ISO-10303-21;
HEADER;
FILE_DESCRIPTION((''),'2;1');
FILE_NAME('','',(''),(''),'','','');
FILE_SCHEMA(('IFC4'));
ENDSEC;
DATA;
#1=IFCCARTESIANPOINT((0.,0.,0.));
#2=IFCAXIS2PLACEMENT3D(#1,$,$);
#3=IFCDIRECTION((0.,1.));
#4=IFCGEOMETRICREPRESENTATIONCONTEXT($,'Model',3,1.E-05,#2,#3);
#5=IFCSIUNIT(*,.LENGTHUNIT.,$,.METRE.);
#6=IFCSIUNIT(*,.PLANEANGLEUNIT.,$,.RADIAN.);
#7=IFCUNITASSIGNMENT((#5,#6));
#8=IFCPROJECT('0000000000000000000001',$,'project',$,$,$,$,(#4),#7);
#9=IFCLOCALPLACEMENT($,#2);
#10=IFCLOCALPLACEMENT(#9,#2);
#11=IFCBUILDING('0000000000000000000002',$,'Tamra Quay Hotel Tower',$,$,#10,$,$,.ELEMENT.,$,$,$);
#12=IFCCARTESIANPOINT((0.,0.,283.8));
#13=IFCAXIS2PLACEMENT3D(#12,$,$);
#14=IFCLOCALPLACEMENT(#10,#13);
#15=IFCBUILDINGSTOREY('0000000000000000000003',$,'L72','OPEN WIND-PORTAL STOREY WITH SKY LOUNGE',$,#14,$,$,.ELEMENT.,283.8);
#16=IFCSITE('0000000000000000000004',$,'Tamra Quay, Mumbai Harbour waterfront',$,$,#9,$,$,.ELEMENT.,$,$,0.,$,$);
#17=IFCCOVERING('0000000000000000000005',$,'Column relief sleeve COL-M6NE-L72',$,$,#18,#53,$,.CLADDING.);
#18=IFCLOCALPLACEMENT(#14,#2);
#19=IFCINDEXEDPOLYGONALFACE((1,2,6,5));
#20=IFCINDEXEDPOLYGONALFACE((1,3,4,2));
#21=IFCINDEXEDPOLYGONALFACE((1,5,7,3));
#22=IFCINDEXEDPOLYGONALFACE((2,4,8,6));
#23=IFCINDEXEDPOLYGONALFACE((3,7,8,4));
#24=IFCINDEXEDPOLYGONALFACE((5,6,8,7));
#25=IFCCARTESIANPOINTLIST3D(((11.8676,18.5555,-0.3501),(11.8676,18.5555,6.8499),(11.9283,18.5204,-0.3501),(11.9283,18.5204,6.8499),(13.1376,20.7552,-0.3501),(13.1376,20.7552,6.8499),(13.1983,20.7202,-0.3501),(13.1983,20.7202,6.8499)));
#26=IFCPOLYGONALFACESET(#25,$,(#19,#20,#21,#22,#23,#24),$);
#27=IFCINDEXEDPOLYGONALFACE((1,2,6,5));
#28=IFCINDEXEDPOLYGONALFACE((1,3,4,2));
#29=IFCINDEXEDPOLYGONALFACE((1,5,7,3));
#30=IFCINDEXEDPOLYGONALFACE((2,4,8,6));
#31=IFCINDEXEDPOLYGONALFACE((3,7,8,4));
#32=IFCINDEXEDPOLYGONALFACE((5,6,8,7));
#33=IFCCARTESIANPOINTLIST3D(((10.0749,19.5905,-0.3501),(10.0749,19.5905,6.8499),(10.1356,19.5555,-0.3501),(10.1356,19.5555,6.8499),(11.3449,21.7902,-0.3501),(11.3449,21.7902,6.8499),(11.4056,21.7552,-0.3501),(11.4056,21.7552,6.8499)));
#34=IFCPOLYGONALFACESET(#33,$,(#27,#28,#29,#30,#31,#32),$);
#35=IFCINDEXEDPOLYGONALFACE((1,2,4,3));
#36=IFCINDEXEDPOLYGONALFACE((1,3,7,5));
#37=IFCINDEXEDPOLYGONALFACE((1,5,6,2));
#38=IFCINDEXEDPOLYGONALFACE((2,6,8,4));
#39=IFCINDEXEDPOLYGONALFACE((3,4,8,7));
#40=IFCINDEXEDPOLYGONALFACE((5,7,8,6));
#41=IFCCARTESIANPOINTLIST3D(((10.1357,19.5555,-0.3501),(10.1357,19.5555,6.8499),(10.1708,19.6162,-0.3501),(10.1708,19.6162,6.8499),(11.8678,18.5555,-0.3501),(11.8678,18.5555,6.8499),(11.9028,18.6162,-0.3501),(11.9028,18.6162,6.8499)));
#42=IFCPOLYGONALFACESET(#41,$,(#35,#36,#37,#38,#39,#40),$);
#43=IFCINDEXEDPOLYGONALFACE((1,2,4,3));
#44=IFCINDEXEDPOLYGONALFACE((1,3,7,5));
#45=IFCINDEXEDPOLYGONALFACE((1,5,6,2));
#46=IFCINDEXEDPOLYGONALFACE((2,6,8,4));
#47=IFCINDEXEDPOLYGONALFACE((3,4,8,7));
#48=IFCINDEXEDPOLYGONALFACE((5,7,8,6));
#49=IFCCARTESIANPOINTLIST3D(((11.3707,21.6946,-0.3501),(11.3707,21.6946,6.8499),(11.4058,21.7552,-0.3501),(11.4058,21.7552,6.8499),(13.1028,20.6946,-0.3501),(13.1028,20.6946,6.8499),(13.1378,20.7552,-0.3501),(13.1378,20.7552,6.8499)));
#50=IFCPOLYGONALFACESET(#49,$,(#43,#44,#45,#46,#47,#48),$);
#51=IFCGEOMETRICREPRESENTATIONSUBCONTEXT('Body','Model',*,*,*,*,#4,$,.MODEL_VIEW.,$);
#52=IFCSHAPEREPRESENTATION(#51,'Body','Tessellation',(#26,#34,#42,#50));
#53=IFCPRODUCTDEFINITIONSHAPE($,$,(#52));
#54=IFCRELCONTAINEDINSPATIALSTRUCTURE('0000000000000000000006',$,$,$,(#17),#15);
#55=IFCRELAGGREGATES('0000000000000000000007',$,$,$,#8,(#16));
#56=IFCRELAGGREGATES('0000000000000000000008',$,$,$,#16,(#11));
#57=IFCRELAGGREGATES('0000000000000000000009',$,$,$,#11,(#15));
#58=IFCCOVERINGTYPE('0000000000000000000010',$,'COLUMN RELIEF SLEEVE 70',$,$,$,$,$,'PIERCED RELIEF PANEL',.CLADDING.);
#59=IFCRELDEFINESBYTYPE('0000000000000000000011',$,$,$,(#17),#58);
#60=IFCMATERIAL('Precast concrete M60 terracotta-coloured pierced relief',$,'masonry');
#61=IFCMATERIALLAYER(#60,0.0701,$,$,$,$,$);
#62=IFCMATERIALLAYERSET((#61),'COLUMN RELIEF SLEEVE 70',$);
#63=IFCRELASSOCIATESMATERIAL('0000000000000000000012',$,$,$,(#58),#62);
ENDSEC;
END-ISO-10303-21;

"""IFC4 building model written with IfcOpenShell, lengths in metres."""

from ifc_helpers import new_model, si_unit, direction, frame, frame_2d, origin, place, context, subcontext, project, spatial, rectangle, extrude, source, transform, mapped, material, layer, layer_set, type_object, element, save


model = new_model("IFC4")

# Units and contexts
model_context = context("Model", 3, precision=1e-05, world=origin(), true_north=direction((0.0, 1.0)))
body_context = subcontext(model_context, "Body", "Model", "MODEL_VIEW")
ifc_project = project(units=[si_unit("LENGTHUNIT", "METRE"), si_unit("PLANEANGLEUNIT", "RADIAN")], contexts=[model_context])

# Site, building, storey
site_placement = place(None, origin())
site = spatial("IfcSite", under=ifc_project, at=site_placement, Name="Tamra Quay, Mumbai Harbour waterfront", CompositionType="ELEMENT", RefElevation=0.0)
building_placement = place(site_placement, origin())
building = spatial("IfcBuilding", under=site, at=building_placement, Name="Tamra Quay Hotel Tower", CompositionType="ELEMENT")
storey_placement = place(building_placement, frame((0.0, 0.0, 283.8)))
storey = spatial("IfcBuildingStorey", under=building, at=storey_placement, Name="L72", Description="OPEN WIND-PORTAL STOREY WITH SKY LOUNGE", CompositionType="ELEMENT", Elevation=283.8)

# Covering
ifc_material_1 = material(Name="Precast concrete M60 terracotta-coloured pierced relief", Category="masonry")
ifc_layer_1 = layer(ifc_material_1, 0.0701)
ifc_layer_set_1 = layer_set([ifc_layer_1], Name="COLUMN RELIEF SLEEVE 70")
covering_type_1 = type_object("IfcCoveringType", Name="COLUMN RELIEF SLEEVE 70", ElementType="PIERCED RELIEF PANEL", PredefinedType="CLADDING", material=ifc_layer_set_1)
shared_shape_1 = source(origin(), body_context, "Body", "SweptSolid", [
    extrude(rectangle(XDim=2.54, YDim=0.0701, at=frame_2d((1.27, 0.0352))), frame((-1.27, -1.0701, 0.0)), (0.0, 0.0, 1.0), 7.2),
    extrude(rectangle(XDim=2.54, YDim=0.0701, at=frame_2d((1.27, 0.0352))), frame((-1.27, 1.0, 0.0)), (0.0, 0.0, 1.0), 7.2),
    extrude(rectangle(XDim=0.0701, YDim=2.0, at=frame_2d((0.0352, 1.0))), frame((-1.27, -1.0, 0.0)), (0.0, 0.0, 1.0), 7.2),
    extrude(rectangle(XDim=0.0701, YDim=2.0, at=frame_2d((0.0352, 1.0))), frame((1.2, -1.0, 0.0)), (0.0, 0.0, 1.0), 7.2),
])
covering_placement = place(storey_placement, frame((11.6367, 20.1553, -0.3501), z_axis=(0.0, 0.0, 1.0), x_axis=(0.5, 0.866025, 0.0)))
element("IfcCovering", 1, at=covering_placement, inside=storey, type_object=covering_type_1, Name="Column relief sleeve COL-M6NE-L72", PredefinedType="CLADDING", context=body_context, shape_type="MappedRepresentation", body=[
    mapped(shared_shape_1, transform((0.0, 0.0, 0.0), scale=1.0)),
])

save(model, "model.ifc")
